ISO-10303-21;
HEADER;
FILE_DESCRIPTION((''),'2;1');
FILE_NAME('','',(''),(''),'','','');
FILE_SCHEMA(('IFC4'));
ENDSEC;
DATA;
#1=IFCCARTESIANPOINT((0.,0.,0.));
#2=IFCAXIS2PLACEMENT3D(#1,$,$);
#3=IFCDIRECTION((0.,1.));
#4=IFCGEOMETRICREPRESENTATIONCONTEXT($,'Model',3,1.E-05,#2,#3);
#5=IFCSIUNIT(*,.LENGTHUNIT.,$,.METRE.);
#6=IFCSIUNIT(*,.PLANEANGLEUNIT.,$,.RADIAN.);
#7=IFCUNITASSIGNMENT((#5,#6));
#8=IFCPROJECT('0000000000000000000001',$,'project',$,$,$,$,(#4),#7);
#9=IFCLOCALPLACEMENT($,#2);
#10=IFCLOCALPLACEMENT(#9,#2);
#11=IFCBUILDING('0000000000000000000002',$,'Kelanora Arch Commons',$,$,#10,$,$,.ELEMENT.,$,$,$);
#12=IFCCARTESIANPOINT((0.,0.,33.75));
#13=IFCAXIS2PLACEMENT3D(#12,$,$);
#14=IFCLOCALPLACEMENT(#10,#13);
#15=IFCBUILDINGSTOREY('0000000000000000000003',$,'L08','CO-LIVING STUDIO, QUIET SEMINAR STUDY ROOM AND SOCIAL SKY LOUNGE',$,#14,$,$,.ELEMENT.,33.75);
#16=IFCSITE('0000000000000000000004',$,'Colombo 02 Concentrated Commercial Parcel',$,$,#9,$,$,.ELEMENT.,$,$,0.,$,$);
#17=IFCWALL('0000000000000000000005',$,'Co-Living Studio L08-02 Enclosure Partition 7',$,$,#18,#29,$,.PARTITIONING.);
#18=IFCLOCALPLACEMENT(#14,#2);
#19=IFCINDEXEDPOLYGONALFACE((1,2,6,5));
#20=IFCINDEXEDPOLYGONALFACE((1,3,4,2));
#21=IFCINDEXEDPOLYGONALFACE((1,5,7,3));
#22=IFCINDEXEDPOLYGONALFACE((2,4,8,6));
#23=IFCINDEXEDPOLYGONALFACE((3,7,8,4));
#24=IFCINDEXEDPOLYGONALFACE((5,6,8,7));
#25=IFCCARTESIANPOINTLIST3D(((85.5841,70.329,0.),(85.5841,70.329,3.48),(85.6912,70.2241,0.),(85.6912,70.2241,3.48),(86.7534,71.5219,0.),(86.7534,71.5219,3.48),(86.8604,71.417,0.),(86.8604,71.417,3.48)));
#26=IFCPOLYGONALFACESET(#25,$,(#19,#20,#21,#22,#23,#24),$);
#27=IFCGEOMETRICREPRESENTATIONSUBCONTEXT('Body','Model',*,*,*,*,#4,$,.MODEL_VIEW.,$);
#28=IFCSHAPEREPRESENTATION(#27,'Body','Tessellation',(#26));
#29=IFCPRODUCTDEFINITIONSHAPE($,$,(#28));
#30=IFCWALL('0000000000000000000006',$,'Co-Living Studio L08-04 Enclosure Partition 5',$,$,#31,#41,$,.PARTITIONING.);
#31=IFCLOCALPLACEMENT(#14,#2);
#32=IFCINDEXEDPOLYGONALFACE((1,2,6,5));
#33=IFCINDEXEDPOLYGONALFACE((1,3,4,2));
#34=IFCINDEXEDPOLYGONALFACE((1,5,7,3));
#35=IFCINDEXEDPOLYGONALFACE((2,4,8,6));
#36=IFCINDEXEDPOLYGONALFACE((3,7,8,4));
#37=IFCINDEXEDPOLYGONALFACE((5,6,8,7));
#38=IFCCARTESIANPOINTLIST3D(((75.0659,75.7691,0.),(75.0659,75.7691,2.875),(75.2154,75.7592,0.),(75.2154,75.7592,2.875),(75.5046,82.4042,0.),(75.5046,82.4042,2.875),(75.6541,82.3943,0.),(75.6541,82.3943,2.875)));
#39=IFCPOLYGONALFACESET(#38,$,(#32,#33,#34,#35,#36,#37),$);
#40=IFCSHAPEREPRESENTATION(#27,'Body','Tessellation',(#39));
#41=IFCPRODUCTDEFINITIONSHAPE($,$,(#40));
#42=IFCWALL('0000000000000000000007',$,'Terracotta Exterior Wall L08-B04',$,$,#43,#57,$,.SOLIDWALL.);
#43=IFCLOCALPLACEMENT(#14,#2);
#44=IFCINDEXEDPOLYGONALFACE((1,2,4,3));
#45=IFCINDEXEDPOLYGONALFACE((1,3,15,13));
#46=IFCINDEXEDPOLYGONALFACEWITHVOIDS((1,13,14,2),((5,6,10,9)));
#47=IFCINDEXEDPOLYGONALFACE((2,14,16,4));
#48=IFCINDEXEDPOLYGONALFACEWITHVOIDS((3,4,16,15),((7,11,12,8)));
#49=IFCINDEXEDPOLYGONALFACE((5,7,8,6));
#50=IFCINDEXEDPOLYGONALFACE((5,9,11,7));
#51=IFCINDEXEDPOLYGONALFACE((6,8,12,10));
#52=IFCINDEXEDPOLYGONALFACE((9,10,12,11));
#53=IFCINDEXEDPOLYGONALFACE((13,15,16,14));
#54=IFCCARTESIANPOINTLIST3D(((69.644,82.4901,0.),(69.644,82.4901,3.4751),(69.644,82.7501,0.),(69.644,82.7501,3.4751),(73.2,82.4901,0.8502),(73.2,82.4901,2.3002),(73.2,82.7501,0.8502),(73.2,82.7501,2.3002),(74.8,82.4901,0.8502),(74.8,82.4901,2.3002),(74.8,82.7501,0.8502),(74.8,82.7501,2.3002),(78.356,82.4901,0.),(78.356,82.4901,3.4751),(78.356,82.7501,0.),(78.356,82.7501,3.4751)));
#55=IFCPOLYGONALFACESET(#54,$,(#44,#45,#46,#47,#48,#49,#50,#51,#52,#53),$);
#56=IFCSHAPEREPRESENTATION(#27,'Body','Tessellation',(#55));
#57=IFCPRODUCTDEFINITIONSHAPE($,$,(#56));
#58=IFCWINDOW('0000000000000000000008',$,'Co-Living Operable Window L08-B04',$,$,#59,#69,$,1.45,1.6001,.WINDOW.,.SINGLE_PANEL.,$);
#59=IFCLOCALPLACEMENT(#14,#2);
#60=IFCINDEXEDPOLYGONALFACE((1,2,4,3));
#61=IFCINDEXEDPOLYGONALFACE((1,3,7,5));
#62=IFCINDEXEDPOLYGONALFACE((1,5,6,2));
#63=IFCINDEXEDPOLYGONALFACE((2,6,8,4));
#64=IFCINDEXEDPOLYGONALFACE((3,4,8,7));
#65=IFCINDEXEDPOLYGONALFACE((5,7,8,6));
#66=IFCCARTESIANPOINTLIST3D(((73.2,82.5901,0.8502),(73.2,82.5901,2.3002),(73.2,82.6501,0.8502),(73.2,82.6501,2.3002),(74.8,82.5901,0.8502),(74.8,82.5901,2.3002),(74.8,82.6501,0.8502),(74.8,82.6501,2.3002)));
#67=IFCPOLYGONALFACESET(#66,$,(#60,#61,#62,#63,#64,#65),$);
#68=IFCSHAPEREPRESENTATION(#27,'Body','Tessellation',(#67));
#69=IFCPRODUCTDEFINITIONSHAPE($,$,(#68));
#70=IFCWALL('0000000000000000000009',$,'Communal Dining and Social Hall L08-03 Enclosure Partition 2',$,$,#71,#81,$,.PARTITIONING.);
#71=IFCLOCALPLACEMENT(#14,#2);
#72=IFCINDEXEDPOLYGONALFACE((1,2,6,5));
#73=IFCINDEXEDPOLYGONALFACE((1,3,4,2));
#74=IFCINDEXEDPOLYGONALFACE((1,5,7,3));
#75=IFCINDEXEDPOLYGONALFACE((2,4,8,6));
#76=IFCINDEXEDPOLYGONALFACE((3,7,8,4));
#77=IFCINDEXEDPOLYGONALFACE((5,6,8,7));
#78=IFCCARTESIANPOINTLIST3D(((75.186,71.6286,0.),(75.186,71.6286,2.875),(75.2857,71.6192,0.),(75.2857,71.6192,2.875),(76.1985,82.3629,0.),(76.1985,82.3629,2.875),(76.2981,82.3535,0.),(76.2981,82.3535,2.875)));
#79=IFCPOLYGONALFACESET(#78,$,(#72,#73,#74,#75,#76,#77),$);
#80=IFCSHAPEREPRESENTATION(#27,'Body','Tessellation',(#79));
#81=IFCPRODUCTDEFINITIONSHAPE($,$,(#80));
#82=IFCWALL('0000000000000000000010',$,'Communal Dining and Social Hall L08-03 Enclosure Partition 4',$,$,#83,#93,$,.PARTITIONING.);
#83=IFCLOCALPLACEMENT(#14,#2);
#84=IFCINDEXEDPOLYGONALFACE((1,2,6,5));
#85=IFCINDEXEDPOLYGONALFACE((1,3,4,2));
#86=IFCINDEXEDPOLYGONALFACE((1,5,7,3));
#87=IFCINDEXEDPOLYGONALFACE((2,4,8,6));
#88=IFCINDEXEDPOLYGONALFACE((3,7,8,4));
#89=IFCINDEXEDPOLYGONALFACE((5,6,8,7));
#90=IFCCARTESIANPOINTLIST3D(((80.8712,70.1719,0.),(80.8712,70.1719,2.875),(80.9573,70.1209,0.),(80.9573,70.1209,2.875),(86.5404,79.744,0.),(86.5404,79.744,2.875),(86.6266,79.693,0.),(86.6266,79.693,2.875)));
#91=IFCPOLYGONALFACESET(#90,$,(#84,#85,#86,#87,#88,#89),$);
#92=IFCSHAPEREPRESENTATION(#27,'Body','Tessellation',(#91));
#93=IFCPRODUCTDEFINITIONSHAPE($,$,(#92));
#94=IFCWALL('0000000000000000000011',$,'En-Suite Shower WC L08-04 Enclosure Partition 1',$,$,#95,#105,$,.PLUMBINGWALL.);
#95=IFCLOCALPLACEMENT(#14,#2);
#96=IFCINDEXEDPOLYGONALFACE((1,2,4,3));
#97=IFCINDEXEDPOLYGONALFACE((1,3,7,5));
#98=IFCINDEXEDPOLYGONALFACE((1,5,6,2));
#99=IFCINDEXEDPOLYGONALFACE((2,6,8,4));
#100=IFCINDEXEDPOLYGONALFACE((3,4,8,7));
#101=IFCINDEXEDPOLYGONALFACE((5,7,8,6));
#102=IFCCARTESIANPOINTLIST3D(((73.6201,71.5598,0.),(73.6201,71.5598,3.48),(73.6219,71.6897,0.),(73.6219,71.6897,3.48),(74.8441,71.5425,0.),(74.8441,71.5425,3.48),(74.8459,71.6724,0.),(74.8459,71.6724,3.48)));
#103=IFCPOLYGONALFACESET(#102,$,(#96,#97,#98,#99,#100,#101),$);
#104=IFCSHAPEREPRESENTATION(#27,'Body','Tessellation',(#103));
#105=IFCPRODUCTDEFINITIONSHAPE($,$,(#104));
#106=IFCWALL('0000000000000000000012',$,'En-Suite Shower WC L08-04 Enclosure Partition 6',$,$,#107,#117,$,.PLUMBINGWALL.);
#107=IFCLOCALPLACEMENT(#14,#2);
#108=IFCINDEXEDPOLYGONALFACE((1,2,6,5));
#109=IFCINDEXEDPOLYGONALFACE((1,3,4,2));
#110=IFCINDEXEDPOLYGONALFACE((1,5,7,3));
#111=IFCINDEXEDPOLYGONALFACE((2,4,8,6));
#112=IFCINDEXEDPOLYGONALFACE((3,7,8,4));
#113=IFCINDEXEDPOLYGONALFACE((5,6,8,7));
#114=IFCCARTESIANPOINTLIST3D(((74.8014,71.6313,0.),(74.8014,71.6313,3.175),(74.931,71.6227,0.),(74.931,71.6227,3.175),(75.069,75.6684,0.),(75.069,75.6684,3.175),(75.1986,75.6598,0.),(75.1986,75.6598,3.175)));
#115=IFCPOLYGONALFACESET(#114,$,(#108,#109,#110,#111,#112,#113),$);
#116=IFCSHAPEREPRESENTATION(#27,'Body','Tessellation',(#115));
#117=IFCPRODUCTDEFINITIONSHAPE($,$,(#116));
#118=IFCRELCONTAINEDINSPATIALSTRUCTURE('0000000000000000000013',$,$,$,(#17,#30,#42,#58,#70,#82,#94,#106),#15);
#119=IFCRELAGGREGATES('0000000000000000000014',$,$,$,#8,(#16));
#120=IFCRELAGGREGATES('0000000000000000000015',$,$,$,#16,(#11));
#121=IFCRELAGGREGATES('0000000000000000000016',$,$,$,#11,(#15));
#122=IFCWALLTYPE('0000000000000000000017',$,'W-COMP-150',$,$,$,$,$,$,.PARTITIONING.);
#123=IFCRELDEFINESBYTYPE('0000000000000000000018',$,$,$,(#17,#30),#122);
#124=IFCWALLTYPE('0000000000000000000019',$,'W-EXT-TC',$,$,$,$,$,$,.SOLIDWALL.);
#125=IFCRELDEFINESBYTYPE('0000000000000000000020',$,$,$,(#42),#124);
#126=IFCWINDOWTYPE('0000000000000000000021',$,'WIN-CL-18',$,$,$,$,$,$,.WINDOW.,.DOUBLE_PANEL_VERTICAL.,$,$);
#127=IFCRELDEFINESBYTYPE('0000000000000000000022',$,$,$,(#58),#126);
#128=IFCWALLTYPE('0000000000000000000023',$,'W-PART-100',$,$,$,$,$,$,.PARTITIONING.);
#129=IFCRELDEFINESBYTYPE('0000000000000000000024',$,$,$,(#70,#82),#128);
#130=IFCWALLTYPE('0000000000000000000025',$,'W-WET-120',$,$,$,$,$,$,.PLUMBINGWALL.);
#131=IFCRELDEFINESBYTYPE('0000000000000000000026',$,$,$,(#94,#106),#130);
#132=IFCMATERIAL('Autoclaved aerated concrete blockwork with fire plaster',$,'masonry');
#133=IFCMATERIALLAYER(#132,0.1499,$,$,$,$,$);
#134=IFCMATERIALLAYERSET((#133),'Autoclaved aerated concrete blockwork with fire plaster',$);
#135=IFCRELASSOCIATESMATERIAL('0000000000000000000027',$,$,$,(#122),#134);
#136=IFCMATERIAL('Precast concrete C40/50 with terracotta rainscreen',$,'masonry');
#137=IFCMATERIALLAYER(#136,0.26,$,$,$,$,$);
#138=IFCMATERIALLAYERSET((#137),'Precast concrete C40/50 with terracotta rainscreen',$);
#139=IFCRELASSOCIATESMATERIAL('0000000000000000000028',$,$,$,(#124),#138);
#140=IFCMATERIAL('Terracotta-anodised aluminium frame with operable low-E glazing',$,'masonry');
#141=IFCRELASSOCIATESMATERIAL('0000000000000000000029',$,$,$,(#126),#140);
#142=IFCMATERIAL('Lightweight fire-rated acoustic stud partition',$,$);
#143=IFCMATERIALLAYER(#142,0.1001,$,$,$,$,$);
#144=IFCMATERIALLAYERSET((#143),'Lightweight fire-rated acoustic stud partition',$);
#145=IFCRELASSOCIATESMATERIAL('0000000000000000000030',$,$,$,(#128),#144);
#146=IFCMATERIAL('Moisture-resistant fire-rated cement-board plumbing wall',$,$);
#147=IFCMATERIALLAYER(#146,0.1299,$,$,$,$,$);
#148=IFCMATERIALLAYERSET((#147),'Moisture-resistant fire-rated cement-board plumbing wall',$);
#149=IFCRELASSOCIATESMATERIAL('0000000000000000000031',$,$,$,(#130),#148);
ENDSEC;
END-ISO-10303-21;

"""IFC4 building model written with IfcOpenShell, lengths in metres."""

from ifc_helpers import new_model, si_unit, direction, frame, frame_2d, origin, place, context, subcontext, project, spatial, rectangle, extrude, material, layer, layer_set, type_object, element, fill, save


model = new_model("IFC4")

# Units and contexts
model_context = context("Model", 3, precision=1e-05, world=origin(), true_north=direction((0.0, 1.0)))
body_context = subcontext(model_context, "Body", "Model", "MODEL_VIEW")
ifc_project = project(units=[si_unit("LENGTHUNIT", "METRE"), si_unit("PLANEANGLEUNIT", "RADIAN")], contexts=[model_context])

# Site, building, storey
site_placement = place(None, origin())
site = spatial("IfcSite", under=ifc_project, at=site_placement, Name="Colombo 02 Concentrated Commercial Parcel", CompositionType="ELEMENT", RefElevation=0.0)
building_placement = place(site_placement, origin())
building = spatial("IfcBuilding", under=site, at=building_placement, Name="Kelanora Arch Commons", CompositionType="ELEMENT")
storey_placement = place(building_placement, frame((0.0, 0.0, 33.75)))
storey = spatial("IfcBuildingStorey", under=building, at=storey_placement, Name="L08", Description="CO-LIVING STUDIO, QUIET SEMINAR STUDY ROOM AND SOCIAL SKY LOUNGE", CompositionType="ELEMENT", Elevation=33.75)

# Walls
ifc_material_1 = material(Name="Autoclaved aerated concrete blockwork with fire plaster", Category="masonry")
ifc_layer_1 = layer(ifc_material_1, 0.1499)
ifc_layer_set_1 = layer_set([ifc_layer_1], Name="Autoclaved aerated concrete blockwork with fire plaster")
wall_type_1 = type_object("IfcWallType", Name="W-COMP-150", PredefinedType="PARTITIONING", material=ifc_layer_set_1)
wall_1_placement = place(storey_placement, frame((86.8069, 71.4695, 0.0), z_axis=(0.0, 0.0, 1.0), x_axis=(-0.699982, -0.71416, 0.0)))
element("IfcWall", 1, at=wall_1_placement, inside=storey, type_object=wall_type_1, Name="Co-Living Studio L08-02 Enclosure Partition 7", PredefinedType="PARTITIONING", context=body_context, shape_type="SweptSolid", body=[
    extrude(rectangle(XDim=1.6704, YDim=0.1499, at=frame_2d((0.8352, 0.0))), origin(), (0.0, 0.0, 1.0), 3.48),
])
wall_2_placement = place(storey_placement, frame((75.5793, 82.3992, 0.0), z_axis=(0.0, 0.0, 1.0), x_axis=(-0.065976, -0.997821, 0.0)))
element("IfcWall", 2, at=wall_2_placement, inside=storey, type_object=wall_type_1, Name="Co-Living Studio L08-04 Enclosure Partition 5", PredefinedType="PARTITIONING", context=body_context, shape_type="SweptSolid", body=[
    extrude(rectangle(XDim=6.6497, YDim=0.1499, at=frame_2d((3.3247, 0.0))), origin(), (0.0, 0.0, 1.0), 2.875),
])

# Wall, opening, window
ifc_material_2 = material(Name="Precast concrete C40/50 with terracotta rainscreen", Category="masonry")
ifc_layer_2 = layer(ifc_material_2, 0.26)
ifc_layer_set_2 = layer_set([ifc_layer_2], Name="Precast concrete C40/50 with terracotta rainscreen")
wall_type_2 = type_object("IfcWallType", Name="W-EXT-TC", PredefinedType="SOLIDWALL", material=ifc_layer_set_2)
wall_3_placement = place(storey_placement, frame((78.356, 82.6201, 0.0), z_axis=(0.0, 0.0, 1.0), x_axis=(-1.0, 0.0, 0.0)))
wall_3 = element("IfcWall", 3, at=wall_3_placement, inside=storey, type_object=wall_type_2, Name="Terracotta Exterior Wall L08-B04", PredefinedType="SOLIDWALL", context=body_context, shape_type="SweptSolid", body=[
    extrude(rectangle(XDim=8.7119, YDim=0.26, at=frame_2d((4.356, 0.0))), origin(), (0.0, 0.0, 1.0), 3.4751),
])
opening_placement = place(wall_3_placement, frame((3.5559, 0.0, 0.8501)))
opening = element("IfcOpeningElement", 4, at=opening_placement, cuts=wall_3, PredefinedType="OPENING", context=body_context, shape_type="SweptSolid", body=[
    extrude(rectangle(XDim=1.6001, YDim=1.45, at=frame_2d((0.8, 0.7251))), frame((0.0, 0.1401, 0.0), z_axis=(0.0, -1.0, 0.0), x_axis=(1.0, 0.0, 0.0)), (0.0, 0.0, 1.0), 0.28),
])
ifc_material_3 = material(Name="Terracotta-anodised aluminium frame with operable low-E glazing", Category="masonry")
window_type = type_object("IfcWindowType", Name="WIN-CL-18", PartitioningType="DOUBLE_PANEL_VERTICAL", PredefinedType="WINDOW", material=ifc_material_3)
window_placement = place(opening_placement, origin())
window = element("IfcWindow", 5, at=window_placement, inside=storey, type_object=window_type, Name="Co-Living Operable Window L08-B04", OverallHeight=1.45, OverallWidth=1.6001, PartitioningType="SINGLE_PANEL", PredefinedType="WINDOW", context=body_context, shape_type="SweptSolid", body=[
    extrude(rectangle(XDim=1.6001, YDim=1.45, at=frame_2d((0.8, 0.7251))), frame((0.0, 0.03, 0.0), z_axis=(0.0, -1.0, 0.0), x_axis=(1.0, 0.0, 0.0)), (0.0, 0.0, 1.0), 0.0601),
])
fill(opening, window)

# Walls
ifc_material_4 = material(Name="Lightweight fire-rated acoustic stud partition")
ifc_layer_3 = layer(ifc_material_4, 0.1001)
ifc_layer_set_3 = layer_set([ifc_layer_3], Name="Lightweight fire-rated acoustic stud partition")
wall_type_3 = type_object("IfcWallType", Name="W-PART-100", PredefinedType="PARTITIONING", material=ifc_layer_set_3)
wall_4_placement = place(storey_placement, frame((75.2358, 71.6238, 0.0), z_axis=(0.0, 0.0, 1.0), x_axis=(0.093902, 0.995581, 0.0)))
element("IfcWall", 6, at=wall_4_placement, inside=storey, type_object=wall_type_3, Name="Communal Dining and Social Hall L08-03 Enclosure Partition 2", PredefinedType="PARTITIONING", context=body_context, shape_type="SweptSolid", body=[
    extrude(rectangle(XDim=10.782, YDim=0.1001, at=frame_2d((5.3911, 0.0))), origin(), (0.0, 0.0, 1.0), 2.875),
])
wall_5_placement = place(storey_placement, frame((86.5835, 79.7185, 0.0), z_axis=(0.0, 0.0, 1.0), x_axis=(-0.509595, -0.860414, 0.0)))
element("IfcWall", 7, at=wall_5_placement, inside=storey, type_object=wall_type_3, Name="Communal Dining and Social Hall L08-03 Enclosure Partition 4", PredefinedType="PARTITIONING", context=body_context, shape_type="SweptSolid", body=[
    extrude(rectangle(XDim=11.125, YDim=0.1001, at=frame_2d((5.5625, 0.0))), origin(), (0.0, 0.0, 1.0), 2.875),
])
ifc_material_5 = material(Name="Moisture-resistant fire-rated cement-board plumbing wall")
ifc_layer_4 = layer(ifc_material_5, 0.1299)
ifc_layer_set_4 = layer_set([ifc_layer_4], Name="Moisture-resistant fire-rated cement-board plumbing wall")
wall_type_4 = type_object("IfcWallType", Name="W-WET-120", PredefinedType="PLUMBINGWALL", material=ifc_layer_set_4)
wall_6_placement = place(storey_placement, frame((74.845, 71.6074, 0.0), z_axis=(0.0, 0.0, 1.0), x_axis=(-0.9999, 0.014162, 0.0)))
element("IfcWall", 8, at=wall_6_placement, inside=storey, type_object=wall_type_4, Name="En-Suite Shower WC L08-04 Enclosure Partition 1", PredefinedType="PLUMBINGWALL", context=body_context, shape_type="SweptSolid", body=[
    extrude(rectangle(XDim=1.2241, YDim=0.1299, at=frame_2d((0.6121, 0.0))), origin(), (0.0, 0.0, 1.0), 3.48),
])
wall_7_placement = place(storey_placement, frame((75.1338, 75.6641, 0.0), z_axis=(0.0, 0.0, 1.0), x_axis=(-0.066135, -0.997811, 0.0)))
element("IfcWall", 9, at=wall_7_placement, inside=storey, type_object=wall_type_4, Name="En-Suite Shower WC L08-04 Enclosure Partition 6", PredefinedType="PLUMBINGWALL", context=body_context, shape_type="SweptSolid", body=[
    extrude(rectangle(XDim=4.0459, YDim=0.1299, at=frame_2d((2.0229, 0.0))), origin(), (0.0, 0.0, 1.0), 3.175),
])

save(model, "model.ifc")
